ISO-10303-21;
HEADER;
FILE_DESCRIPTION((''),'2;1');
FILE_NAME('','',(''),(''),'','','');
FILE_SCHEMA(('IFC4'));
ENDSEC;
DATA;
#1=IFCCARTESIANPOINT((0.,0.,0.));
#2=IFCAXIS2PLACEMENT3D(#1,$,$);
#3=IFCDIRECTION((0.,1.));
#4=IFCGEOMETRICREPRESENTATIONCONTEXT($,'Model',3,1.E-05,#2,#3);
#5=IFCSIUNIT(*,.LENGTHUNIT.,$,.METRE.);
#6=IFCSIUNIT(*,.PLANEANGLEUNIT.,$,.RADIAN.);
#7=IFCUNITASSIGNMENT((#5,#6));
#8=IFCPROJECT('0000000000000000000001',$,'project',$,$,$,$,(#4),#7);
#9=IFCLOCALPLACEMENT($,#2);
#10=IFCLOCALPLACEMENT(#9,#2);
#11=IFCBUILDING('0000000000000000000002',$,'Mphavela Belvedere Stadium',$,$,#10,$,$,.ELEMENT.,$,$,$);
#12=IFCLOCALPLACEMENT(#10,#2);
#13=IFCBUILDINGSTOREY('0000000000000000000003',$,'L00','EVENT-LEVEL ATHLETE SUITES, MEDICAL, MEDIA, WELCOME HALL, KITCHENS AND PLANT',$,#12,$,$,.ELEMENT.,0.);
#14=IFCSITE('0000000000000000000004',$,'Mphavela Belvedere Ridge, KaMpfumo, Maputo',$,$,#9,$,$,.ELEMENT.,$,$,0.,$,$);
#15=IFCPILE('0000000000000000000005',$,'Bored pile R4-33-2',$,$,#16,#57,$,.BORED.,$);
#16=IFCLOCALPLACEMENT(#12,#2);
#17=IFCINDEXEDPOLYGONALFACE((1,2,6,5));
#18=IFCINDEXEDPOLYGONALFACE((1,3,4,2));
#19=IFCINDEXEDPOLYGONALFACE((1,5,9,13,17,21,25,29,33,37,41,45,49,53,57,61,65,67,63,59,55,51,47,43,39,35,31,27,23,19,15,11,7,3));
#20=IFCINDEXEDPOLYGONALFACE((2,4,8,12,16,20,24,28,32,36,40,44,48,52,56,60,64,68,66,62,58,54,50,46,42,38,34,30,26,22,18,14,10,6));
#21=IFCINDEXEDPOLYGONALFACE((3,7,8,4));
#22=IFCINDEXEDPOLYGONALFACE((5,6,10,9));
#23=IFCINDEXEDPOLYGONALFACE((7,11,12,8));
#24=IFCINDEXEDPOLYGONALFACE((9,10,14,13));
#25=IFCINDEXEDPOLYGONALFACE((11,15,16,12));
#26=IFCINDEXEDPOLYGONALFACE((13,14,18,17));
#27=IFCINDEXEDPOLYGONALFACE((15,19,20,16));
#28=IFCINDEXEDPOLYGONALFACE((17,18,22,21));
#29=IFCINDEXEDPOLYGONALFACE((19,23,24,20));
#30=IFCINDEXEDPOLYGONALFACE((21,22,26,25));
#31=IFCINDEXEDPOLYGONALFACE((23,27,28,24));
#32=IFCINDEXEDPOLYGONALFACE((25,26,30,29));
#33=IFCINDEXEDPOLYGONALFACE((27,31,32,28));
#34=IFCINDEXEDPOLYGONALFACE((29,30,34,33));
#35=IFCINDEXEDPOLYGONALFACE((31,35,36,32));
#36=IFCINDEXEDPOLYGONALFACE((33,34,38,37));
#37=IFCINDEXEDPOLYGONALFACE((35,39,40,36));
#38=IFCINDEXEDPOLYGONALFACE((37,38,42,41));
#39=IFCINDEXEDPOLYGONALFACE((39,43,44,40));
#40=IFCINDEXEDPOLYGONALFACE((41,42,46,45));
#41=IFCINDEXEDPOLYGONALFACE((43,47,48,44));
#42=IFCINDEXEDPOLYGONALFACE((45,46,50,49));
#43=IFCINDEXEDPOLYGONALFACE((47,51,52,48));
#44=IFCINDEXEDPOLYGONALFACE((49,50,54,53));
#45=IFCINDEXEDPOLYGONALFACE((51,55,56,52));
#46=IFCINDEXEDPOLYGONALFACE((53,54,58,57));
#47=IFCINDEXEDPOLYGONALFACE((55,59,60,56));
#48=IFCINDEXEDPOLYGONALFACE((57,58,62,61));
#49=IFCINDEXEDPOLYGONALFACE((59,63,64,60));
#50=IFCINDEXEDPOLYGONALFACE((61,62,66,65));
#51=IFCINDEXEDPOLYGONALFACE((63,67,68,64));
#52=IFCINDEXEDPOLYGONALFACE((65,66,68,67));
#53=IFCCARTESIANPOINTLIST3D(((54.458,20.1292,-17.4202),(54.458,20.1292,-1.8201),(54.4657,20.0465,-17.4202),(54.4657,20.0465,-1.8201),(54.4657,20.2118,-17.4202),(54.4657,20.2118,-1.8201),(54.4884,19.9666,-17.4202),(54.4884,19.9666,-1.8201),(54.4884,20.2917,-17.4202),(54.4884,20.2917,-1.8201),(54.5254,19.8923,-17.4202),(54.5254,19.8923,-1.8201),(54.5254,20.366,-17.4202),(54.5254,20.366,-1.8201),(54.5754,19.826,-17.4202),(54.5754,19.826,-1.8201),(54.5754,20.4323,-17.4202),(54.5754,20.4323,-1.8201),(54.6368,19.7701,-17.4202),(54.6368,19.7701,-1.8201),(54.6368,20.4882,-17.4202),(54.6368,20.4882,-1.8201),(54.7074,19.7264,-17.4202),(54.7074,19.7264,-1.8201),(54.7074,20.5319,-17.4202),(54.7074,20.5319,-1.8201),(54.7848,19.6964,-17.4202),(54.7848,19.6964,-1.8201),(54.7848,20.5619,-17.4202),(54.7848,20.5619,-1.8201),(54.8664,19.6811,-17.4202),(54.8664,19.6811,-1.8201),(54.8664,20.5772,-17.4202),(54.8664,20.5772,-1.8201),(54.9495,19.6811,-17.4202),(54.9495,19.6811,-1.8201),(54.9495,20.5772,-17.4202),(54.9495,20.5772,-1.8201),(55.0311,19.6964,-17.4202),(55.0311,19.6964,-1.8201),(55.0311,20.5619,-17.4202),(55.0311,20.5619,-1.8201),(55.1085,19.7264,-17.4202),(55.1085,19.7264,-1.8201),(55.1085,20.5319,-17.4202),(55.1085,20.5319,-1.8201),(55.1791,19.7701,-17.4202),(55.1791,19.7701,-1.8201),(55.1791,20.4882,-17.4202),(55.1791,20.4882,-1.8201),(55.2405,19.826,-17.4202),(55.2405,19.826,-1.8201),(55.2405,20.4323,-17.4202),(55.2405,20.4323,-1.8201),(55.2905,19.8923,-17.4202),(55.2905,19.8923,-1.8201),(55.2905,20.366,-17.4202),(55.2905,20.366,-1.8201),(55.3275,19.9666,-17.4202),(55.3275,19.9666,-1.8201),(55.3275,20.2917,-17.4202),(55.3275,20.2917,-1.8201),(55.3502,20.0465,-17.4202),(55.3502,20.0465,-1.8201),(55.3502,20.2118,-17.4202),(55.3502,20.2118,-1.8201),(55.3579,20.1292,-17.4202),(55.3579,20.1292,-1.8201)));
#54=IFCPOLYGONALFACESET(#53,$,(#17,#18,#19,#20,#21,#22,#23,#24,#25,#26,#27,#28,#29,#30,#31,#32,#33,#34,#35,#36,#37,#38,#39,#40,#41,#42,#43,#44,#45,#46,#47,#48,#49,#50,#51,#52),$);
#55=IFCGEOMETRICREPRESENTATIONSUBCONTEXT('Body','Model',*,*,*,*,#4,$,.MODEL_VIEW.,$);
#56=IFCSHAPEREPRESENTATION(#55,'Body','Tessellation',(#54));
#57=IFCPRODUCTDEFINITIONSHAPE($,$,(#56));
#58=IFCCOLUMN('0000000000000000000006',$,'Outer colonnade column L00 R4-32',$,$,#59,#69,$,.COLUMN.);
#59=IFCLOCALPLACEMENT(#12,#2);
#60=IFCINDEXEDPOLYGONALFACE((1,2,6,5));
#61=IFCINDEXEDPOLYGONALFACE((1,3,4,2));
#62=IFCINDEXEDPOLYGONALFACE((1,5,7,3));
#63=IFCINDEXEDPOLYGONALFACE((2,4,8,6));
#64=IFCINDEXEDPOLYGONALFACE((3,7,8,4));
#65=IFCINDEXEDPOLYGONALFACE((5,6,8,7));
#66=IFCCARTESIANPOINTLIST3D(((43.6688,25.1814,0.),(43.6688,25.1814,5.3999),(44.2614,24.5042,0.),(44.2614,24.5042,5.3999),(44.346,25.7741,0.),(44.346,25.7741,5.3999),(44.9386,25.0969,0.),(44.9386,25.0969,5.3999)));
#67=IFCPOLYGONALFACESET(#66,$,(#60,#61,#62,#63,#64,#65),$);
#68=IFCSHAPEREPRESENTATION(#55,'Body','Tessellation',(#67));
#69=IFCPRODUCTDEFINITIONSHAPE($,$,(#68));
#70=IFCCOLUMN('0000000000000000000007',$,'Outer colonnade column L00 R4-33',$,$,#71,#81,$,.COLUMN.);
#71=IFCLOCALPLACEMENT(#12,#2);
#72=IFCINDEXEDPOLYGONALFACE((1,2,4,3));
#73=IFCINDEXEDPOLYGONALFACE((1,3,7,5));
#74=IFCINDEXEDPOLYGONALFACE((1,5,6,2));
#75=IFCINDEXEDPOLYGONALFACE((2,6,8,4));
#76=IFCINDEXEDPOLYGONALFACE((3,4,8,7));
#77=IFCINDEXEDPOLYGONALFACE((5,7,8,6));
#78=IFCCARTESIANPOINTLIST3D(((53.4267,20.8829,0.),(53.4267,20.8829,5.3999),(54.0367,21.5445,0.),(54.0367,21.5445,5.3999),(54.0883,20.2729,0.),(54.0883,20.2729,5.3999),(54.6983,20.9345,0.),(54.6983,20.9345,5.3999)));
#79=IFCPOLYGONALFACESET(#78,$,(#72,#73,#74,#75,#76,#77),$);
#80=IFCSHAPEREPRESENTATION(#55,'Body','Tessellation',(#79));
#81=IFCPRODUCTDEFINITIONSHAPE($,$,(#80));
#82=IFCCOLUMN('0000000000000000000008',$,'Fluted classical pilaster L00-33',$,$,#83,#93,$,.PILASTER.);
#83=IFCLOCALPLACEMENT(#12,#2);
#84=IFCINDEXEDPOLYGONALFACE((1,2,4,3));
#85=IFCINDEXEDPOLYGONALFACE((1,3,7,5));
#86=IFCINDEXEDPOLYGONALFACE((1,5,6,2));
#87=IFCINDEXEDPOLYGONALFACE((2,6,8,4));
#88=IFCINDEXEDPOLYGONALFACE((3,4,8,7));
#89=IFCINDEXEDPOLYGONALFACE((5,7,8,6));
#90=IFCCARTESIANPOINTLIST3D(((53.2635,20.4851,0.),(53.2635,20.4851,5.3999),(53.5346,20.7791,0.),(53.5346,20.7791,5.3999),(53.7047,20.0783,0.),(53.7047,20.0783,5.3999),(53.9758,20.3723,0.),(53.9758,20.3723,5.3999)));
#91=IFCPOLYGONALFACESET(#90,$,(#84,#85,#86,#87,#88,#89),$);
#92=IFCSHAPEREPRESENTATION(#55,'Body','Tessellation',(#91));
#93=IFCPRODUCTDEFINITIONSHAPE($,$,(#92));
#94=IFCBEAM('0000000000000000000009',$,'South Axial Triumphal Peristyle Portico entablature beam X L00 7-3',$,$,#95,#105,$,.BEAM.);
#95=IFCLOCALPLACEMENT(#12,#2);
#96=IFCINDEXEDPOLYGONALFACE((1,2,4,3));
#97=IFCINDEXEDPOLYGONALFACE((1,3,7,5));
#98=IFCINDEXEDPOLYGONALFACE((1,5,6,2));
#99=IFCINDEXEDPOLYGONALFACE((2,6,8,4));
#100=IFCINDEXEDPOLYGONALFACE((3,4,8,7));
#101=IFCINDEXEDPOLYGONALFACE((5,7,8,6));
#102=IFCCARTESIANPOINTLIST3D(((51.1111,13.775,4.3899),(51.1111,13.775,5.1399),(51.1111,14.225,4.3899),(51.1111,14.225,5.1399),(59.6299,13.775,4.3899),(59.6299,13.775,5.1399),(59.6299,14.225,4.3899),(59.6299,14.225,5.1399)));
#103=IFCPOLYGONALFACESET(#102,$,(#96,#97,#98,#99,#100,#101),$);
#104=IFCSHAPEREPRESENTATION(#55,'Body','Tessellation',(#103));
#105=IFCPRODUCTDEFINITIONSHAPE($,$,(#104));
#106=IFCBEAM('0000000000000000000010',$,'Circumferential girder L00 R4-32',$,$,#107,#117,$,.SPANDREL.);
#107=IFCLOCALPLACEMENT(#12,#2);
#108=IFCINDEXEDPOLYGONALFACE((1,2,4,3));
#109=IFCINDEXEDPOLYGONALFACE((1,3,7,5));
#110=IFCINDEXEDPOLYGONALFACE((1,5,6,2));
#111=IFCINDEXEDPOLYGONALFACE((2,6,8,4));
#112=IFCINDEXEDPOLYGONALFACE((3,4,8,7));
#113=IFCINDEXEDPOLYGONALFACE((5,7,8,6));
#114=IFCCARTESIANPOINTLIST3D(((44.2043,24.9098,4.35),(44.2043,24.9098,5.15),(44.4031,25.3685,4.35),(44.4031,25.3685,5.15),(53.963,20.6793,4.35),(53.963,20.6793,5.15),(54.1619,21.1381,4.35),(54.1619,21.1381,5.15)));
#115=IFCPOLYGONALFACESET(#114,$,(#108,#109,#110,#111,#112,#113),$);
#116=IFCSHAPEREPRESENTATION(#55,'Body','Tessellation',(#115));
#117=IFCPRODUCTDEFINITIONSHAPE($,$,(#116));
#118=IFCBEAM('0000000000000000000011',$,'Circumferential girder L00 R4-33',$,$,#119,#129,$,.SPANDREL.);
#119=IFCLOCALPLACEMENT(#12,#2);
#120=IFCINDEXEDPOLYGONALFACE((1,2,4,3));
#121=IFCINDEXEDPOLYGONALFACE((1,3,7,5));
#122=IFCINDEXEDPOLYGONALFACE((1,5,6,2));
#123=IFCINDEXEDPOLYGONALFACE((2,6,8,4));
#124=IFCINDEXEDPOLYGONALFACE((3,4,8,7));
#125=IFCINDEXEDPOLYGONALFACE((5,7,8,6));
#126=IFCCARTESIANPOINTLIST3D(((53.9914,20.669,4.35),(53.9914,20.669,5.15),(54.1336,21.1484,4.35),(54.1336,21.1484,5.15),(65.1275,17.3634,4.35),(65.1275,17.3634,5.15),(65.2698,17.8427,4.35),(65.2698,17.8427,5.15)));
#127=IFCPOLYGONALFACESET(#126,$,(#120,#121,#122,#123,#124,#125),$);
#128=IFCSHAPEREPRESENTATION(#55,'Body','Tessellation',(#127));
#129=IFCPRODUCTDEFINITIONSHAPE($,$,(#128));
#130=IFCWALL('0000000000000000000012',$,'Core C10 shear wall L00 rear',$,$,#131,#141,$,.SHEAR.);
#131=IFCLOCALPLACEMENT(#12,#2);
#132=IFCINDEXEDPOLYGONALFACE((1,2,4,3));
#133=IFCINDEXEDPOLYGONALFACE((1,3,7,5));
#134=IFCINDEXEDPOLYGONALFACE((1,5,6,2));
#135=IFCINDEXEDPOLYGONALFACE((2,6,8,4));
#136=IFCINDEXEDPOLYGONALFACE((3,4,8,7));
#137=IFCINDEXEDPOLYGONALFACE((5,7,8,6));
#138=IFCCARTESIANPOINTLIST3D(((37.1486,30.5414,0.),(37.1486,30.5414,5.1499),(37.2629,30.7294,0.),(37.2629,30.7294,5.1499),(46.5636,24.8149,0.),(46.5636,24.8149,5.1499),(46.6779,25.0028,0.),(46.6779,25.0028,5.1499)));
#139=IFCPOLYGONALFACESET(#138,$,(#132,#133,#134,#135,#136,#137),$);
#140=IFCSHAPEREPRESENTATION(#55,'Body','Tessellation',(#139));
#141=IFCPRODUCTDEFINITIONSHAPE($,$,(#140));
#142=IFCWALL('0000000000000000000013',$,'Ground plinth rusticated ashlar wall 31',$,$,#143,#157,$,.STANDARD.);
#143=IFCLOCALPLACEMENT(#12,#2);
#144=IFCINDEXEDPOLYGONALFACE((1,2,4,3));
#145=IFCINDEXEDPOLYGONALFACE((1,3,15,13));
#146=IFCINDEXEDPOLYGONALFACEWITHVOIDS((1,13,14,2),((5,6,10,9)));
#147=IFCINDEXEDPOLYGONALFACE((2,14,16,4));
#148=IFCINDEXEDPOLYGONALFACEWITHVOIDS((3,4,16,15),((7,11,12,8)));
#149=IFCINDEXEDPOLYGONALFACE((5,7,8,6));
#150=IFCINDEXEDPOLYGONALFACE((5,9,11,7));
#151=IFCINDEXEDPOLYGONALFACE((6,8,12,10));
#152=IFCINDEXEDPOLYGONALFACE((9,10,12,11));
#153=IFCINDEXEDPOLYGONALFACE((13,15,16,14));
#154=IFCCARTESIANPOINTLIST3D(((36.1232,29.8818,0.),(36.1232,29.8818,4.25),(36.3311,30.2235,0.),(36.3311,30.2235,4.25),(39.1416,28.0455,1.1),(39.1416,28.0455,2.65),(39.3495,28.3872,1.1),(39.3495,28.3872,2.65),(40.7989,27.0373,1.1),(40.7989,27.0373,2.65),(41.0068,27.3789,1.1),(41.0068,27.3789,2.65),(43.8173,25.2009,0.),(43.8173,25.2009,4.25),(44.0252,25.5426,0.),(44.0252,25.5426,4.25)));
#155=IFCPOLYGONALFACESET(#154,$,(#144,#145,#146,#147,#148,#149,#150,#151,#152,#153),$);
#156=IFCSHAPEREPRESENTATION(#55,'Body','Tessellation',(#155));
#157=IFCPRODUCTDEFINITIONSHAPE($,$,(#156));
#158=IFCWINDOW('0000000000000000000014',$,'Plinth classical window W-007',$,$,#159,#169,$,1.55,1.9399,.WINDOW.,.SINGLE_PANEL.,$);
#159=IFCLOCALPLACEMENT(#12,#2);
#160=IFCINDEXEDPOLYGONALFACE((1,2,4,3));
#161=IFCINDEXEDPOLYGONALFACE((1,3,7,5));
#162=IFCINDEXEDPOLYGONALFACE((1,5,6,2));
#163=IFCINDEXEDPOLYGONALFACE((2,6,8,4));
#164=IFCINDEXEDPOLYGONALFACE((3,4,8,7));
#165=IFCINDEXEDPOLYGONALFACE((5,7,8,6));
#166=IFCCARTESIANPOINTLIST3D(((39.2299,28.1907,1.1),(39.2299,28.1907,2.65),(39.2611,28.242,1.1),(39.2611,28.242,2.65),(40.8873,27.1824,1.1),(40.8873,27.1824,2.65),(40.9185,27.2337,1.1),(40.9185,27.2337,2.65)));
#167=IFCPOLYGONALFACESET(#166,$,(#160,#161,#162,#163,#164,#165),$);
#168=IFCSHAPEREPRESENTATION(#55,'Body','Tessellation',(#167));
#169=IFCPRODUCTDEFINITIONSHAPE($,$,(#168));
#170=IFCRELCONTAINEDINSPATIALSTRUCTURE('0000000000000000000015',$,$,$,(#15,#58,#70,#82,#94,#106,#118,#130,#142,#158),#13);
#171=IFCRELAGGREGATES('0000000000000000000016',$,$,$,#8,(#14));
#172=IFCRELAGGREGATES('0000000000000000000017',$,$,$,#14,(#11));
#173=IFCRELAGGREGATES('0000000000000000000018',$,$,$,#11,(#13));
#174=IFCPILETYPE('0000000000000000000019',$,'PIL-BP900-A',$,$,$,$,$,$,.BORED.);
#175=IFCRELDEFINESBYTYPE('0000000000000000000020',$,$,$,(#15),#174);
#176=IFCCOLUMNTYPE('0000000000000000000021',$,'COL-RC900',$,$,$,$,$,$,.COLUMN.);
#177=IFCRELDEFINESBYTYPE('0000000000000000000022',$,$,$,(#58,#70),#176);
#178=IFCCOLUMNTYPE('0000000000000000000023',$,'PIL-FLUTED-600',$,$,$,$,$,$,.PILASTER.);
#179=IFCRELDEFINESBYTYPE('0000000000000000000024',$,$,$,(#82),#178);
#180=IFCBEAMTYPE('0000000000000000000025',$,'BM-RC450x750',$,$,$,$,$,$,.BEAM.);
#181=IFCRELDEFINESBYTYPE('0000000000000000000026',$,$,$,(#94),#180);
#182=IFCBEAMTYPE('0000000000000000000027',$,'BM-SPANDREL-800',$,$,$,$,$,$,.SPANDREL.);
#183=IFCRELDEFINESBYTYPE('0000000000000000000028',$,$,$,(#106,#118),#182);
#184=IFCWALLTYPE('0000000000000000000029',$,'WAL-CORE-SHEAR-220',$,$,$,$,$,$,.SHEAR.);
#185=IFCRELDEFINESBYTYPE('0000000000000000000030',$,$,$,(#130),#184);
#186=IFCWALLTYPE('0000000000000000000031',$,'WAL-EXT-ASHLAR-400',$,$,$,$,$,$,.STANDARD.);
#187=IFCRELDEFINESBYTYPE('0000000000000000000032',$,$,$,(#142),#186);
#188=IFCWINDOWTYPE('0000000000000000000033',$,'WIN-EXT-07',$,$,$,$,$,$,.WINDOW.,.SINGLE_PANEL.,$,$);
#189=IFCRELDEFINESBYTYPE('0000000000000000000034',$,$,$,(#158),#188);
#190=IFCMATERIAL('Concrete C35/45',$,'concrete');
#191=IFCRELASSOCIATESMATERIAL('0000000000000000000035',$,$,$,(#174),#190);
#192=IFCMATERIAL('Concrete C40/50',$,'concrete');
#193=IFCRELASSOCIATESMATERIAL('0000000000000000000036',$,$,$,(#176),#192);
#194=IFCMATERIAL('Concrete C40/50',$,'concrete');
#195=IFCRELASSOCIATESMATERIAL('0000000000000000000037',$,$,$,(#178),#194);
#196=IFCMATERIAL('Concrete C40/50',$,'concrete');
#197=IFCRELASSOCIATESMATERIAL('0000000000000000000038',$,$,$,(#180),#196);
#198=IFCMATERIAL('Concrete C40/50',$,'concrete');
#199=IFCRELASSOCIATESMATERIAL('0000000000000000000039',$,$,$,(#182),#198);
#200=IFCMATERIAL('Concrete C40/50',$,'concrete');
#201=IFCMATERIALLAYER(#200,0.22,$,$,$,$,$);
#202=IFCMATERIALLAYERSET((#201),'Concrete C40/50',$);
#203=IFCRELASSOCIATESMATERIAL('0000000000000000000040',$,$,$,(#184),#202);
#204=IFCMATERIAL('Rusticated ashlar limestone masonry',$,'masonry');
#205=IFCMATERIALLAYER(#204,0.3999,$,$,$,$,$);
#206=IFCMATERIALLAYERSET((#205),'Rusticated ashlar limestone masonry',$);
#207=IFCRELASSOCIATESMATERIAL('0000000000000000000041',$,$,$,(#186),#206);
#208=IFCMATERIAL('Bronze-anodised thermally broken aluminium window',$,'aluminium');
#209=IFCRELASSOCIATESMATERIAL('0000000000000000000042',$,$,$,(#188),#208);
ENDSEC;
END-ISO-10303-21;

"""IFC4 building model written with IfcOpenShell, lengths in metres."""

from ifc_helpers import new_model, si_unit, direction, frame, frame_2d, origin, origin_2d, place, context, subcontext, project, spatial, rectangle, circle, extrude, material, layer, layer_set, material_profile, profile_set, type_object, element, fill, save


model = new_model("IFC4")

# Units and contexts
model_context = context("Model", 3, precision=1e-05, world=origin(), true_north=direction((0.0, 1.0)))
body_context = subcontext(model_context, "Body", "Model", "MODEL_VIEW")
ifc_project = project(units=[si_unit("LENGTHUNIT", "METRE"), si_unit("PLANEANGLEUNIT", "RADIAN")], contexts=[model_context])

# Site, building, storey
site_placement = place(None, origin())
site = spatial("IfcSite", under=ifc_project, at=site_placement, Name="Mphavela Belvedere Ridge, KaMpfumo, Maputo", CompositionType="ELEMENT", RefElevation=0.0)
building_placement = place(site_placement, origin())
building = spatial("IfcBuilding", under=site, at=building_placement, Name="Mphavela Belvedere Stadium", CompositionType="ELEMENT")
storey_placement = place(building_placement, origin())
storey = spatial("IfcBuildingStorey", under=building, at=storey_placement, Name="L00", Description="EVENT-LEVEL ATHLETE SUITES, MEDICAL, MEDIA, WELCOME HALL, KITCHENS AND PLANT", CompositionType="ELEMENT", Elevation=0.0)

# Pile
ifc_material_1 = material(Name="Concrete C35/45", Category="concrete")
ifc_material_profile_1 = material_profile(ifc_material_1, circle(Radius=0.45, at=origin_2d()), Name="BP D900")
ifc_profile_set_1 = profile_set([ifc_material_profile_1], Name="Concrete C35/45")
pile_type = type_object("IfcPileType", Name="PIL-BP900-A", PredefinedType="BORED", material=ifc_profile_set_1)
for number, where, z_axis, x_axis, name in (
    (1, (54.908, 20.1292, -1.8201), (0.0, 0.0, -1.0), (1.0, 0.0, 0.0), "Bored pile R4-33-2"),
):
    element("IfcPile", number, at=place(storey_placement, frame(where, z_axis=z_axis, x_axis=x_axis)), inside=storey, type_object=pile_type, Name=name, PredefinedType="BORED", context=body_context, shape_type="SweptSolid", body=[
        extrude(circle(Radius=0.45, at=origin_2d()), origin(), (0.0, 0.0, 1.0), 15.6001),
    ])

# Columns
ifc_material_2 = material(Name="Concrete C40/50", Category="concrete")
ifc_material_profile_2 = material_profile(ifc_material_2, rectangle(XDim=0.8999, YDim=0.8999, at=origin_2d()), Name="RC 900x900")
ifc_profile_set_2 = profile_set([ifc_material_profile_2], Name="Concrete C40/50")
column_type_1 = type_object("IfcColumnType", Name="COL-RC900", PredefinedType="COLUMN", material=ifc_profile_set_2)
for number, where, z_axis, x_axis, name in (
    (2, (44.3037, 25.1392, 0.0), (0.0, 0.0, 1.0), (-0.75253, -0.658558, 0.0), "Outer colonnade column L00 R4-32"),
    (3, (54.0625, 20.9087, 0.0), (0.0, 0.0, 1.0), (-0.677903, -0.735151, 0.0), "Outer colonnade column L00 R4-33"),
):
    element("IfcColumn", number, at=place(storey_placement, frame(where, z_axis=z_axis, x_axis=x_axis)), inside=storey, type_object=column_type_1, Name=name, PredefinedType="COLUMN", context=body_context, shape_type="SweptSolid", body=[
        extrude(rectangle(XDim=0.8999, YDim=0.8999, at=origin_2d()), origin(), (0.0, 0.0, 1.0), 5.3999),
    ])
ifc_material_3 = material(Name="Concrete C40/50", Category="concrete")
ifc_material_profile_3 = material_profile(ifc_material_3, rectangle(XDim=0.6001, YDim=0.3999, at=origin_2d()), Name="PIL 600x400")
ifc_profile_set_3 = profile_set([ifc_material_profile_3], Name="Concrete C40/50")
column_type_2 = type_object("IfcColumnType", Name="PIL-FLUTED-600", PredefinedType="PILASTER", material=ifc_profile_set_3)
column_placement = place(storey_placement, frame((53.6196, 20.4287, 0.0), z_axis=(0.0, 0.0, 1.0), x_axis=(0.735151, -0.677903, 0.0)))
element("IfcColumn", 4, at=column_placement, inside=storey, type_object=column_type_2, Name="Fluted classical pilaster L00-33", PredefinedType="PILASTER", context=body_context, shape_type="SweptSolid", body=[
    extrude(rectangle(XDim=0.6001, YDim=0.3999, at=origin_2d()), origin(), (0.0, 0.0, 1.0), 5.3999),
])

# Beams
ifc_material_4 = material(Name="Concrete C40/50", Category="concrete")
ifc_material_profile_4 = material_profile(ifc_material_4, rectangle(XDim=0.45, YDim=0.75, at=origin_2d()), Name="RC 450x750")
ifc_profile_set_4 = profile_set([ifc_material_profile_4], Name="Concrete C40/50")
beam_type_1 = type_object("IfcBeamType", Name="BM-RC450x750", PredefinedType="BEAM", material=ifc_profile_set_4)
beam_1_placement = place(storey_placement, frame((51.1111, 14.0, 4.7649), z_axis=(1.0, 0.0, 0.0), x_axis=(0.0, 1.0, 0.0)))
element("IfcBeam", 5, at=beam_1_placement, inside=storey, type_object=beam_type_1, Name="South Axial Triumphal Peristyle Portico entablature beam X L00 7-3", PredefinedType="BEAM", context=body_context, shape_type="SweptSolid", body=[
    extrude(rectangle(XDim=0.45, YDim=0.75, at=origin_2d()), origin(), (0.0, 0.0, 1.0), 8.5188),
])
ifc_material_5 = material(Name="Concrete C40/50", Category="concrete")
ifc_material_profile_5 = material_profile(ifc_material_5, rectangle(XDim=0.5, YDim=0.8, at=origin_2d()), Name="RC 500x800")
ifc_profile_set_5 = profile_set([ifc_material_profile_5], Name="Concrete C40/50")
beam_type_2 = type_object("IfcBeamType", Name="BM-SPANDREL-800", PredefinedType="SPANDREL", material=ifc_profile_set_5)
beam_2_placement = place(storey_placement, frame((44.3037, 25.1392, 4.75), z_axis=(0.917499, -0.397739, 0.0), x_axis=(0.397739, 0.917499, 0.0)))
element("IfcBeam", 6, at=beam_2_placement, inside=storey, type_object=beam_type_2, Name="Circumferential girder L00 R4-32", PredefinedType="SPANDREL", context=body_context, shape_type="SweptSolid", body=[
    extrude(rectangle(XDim=0.5, YDim=0.8, at=origin_2d()), origin(), (0.0, 0.0, 1.0), 10.6362),
])
beam_3_placement = place(storey_placement, frame((54.0625, 20.9087, 4.75), z_axis=(0.958656, -0.284566, 0.0), x_axis=(0.284566, 0.958656, 0.0)))
element("IfcBeam", 7, at=beam_3_placement, inside=storey, type_object=beam_type_2, Name="Circumferential girder L00 R4-33", PredefinedType="SPANDREL", context=body_context, shape_type="SweptSolid", body=[
    extrude(rectangle(XDim=0.5, YDim=0.8, at=origin_2d()), origin(), (0.0, 0.0, 1.0), 11.6165),
])

# Wall
ifc_material_6 = material(Name="Concrete C40/50", Category="concrete")
ifc_layer_1 = layer(ifc_material_6, 0.22)
ifc_layer_set_1 = layer_set([ifc_layer_1], Name="Concrete C40/50")
wall_type_1 = type_object("IfcWallType", Name="WAL-CORE-SHEAR-220", PredefinedType="SHEAR", material=ifc_layer_set_1)
wall_1_placement = place(storey_placement, frame((46.6206, 24.9089, 0.0), z_axis=(0.0, 0.0, 1.0), x_axis=(-0.854373, 0.51966, 0.0)))
element("IfcWall", 8, at=wall_1_placement, inside=storey, type_object=wall_type_1, Name="Core C10 shear wall L00 rear", PredefinedType="SHEAR", context=body_context, shape_type="SweptSolid", body=[
    extrude(rectangle(XDim=11.0198, YDim=0.22, at=frame_2d((5.5098, 0.0))), origin(), (0.0, 0.0, 1.0), 5.1499),
])

# Wall, opening, window
ifc_material_7 = material(Name="Rusticated ashlar limestone masonry", Category="masonry")
ifc_layer_2 = layer(ifc_material_7, 0.3999)
ifc_layer_set_2 = layer_set([ifc_layer_2], Name="Rusticated ashlar limestone masonry")
wall_type_2 = type_object("IfcWallType", Name="WAL-EXT-ASHLAR-400", PredefinedType="STANDARD", material=ifc_layer_set_2)
wall_2_placement = place(storey_placement, frame((43.9211, 25.3718, 0.0), z_axis=(0.0, 0.0, 1.0), x_axis=(-0.854319, 0.519748, 0.0)))
wall_2 = element("IfcWall", 9, at=wall_2_placement, inside=storey, type_object=wall_type_2, Name="Ground plinth rusticated ashlar wall 31", PredefinedType="STANDARD", context=body_context, shape_type="SweptSolid", body=[
    extrude(rectangle(XDim=9.0061, YDim=0.3999, at=frame_2d((4.5029, 0.0))), origin(), (0.0, 0.0, 1.0), 4.25),
])
opening_1_placement = place(wall_2_placement, frame((3.533, 0.0, 1.1001)))
opening_1 = element("IfcOpeningElement", 10, at=opening_1_placement, cuts=wall_2, PredefinedType="OPENING", context=body_context, shape_type="SweptSolid", body=[
    extrude(rectangle(XDim=1.9399, YDim=1.55, at=frame_2d((0.97, 0.7749))), frame((0.0, 0.21, 0.0), z_axis=(0.0, -1.0, 0.0), x_axis=(1.0, 0.0, 0.0)), (0.0, 0.0, 1.0), 0.4199),
])
ifc_material_8 = material(Name="Bronze-anodised thermally broken aluminium window", Category="aluminium")
window_type = type_object("IfcWindowType", Name="WIN-EXT-07", PartitioningType="SINGLE_PANEL", PredefinedType="WINDOW", material=ifc_material_8)
window_placement = place(opening_1_placement, origin())
window = element("IfcWindow", 11, at=window_placement, inside=storey, type_object=window_type, Name="Plinth classical window W-007", OverallHeight=1.55, OverallWidth=1.9399, PartitioningType="SINGLE_PANEL", PredefinedType="WINDOW", context=body_context, shape_type="SweptSolid", body=[
    extrude(rectangle(XDim=1.9399, YDim=1.55, at=frame_2d((0.97, 0.7749))), frame((0.0, 0.03, 0.0), z_axis=(0.0, -1.0, 0.0), x_axis=(1.0, 0.0, 0.0)), (0.0, 0.0, 1.0), 0.0601),
])
fill(opening_1, window)

save(model, "model.ifc")
